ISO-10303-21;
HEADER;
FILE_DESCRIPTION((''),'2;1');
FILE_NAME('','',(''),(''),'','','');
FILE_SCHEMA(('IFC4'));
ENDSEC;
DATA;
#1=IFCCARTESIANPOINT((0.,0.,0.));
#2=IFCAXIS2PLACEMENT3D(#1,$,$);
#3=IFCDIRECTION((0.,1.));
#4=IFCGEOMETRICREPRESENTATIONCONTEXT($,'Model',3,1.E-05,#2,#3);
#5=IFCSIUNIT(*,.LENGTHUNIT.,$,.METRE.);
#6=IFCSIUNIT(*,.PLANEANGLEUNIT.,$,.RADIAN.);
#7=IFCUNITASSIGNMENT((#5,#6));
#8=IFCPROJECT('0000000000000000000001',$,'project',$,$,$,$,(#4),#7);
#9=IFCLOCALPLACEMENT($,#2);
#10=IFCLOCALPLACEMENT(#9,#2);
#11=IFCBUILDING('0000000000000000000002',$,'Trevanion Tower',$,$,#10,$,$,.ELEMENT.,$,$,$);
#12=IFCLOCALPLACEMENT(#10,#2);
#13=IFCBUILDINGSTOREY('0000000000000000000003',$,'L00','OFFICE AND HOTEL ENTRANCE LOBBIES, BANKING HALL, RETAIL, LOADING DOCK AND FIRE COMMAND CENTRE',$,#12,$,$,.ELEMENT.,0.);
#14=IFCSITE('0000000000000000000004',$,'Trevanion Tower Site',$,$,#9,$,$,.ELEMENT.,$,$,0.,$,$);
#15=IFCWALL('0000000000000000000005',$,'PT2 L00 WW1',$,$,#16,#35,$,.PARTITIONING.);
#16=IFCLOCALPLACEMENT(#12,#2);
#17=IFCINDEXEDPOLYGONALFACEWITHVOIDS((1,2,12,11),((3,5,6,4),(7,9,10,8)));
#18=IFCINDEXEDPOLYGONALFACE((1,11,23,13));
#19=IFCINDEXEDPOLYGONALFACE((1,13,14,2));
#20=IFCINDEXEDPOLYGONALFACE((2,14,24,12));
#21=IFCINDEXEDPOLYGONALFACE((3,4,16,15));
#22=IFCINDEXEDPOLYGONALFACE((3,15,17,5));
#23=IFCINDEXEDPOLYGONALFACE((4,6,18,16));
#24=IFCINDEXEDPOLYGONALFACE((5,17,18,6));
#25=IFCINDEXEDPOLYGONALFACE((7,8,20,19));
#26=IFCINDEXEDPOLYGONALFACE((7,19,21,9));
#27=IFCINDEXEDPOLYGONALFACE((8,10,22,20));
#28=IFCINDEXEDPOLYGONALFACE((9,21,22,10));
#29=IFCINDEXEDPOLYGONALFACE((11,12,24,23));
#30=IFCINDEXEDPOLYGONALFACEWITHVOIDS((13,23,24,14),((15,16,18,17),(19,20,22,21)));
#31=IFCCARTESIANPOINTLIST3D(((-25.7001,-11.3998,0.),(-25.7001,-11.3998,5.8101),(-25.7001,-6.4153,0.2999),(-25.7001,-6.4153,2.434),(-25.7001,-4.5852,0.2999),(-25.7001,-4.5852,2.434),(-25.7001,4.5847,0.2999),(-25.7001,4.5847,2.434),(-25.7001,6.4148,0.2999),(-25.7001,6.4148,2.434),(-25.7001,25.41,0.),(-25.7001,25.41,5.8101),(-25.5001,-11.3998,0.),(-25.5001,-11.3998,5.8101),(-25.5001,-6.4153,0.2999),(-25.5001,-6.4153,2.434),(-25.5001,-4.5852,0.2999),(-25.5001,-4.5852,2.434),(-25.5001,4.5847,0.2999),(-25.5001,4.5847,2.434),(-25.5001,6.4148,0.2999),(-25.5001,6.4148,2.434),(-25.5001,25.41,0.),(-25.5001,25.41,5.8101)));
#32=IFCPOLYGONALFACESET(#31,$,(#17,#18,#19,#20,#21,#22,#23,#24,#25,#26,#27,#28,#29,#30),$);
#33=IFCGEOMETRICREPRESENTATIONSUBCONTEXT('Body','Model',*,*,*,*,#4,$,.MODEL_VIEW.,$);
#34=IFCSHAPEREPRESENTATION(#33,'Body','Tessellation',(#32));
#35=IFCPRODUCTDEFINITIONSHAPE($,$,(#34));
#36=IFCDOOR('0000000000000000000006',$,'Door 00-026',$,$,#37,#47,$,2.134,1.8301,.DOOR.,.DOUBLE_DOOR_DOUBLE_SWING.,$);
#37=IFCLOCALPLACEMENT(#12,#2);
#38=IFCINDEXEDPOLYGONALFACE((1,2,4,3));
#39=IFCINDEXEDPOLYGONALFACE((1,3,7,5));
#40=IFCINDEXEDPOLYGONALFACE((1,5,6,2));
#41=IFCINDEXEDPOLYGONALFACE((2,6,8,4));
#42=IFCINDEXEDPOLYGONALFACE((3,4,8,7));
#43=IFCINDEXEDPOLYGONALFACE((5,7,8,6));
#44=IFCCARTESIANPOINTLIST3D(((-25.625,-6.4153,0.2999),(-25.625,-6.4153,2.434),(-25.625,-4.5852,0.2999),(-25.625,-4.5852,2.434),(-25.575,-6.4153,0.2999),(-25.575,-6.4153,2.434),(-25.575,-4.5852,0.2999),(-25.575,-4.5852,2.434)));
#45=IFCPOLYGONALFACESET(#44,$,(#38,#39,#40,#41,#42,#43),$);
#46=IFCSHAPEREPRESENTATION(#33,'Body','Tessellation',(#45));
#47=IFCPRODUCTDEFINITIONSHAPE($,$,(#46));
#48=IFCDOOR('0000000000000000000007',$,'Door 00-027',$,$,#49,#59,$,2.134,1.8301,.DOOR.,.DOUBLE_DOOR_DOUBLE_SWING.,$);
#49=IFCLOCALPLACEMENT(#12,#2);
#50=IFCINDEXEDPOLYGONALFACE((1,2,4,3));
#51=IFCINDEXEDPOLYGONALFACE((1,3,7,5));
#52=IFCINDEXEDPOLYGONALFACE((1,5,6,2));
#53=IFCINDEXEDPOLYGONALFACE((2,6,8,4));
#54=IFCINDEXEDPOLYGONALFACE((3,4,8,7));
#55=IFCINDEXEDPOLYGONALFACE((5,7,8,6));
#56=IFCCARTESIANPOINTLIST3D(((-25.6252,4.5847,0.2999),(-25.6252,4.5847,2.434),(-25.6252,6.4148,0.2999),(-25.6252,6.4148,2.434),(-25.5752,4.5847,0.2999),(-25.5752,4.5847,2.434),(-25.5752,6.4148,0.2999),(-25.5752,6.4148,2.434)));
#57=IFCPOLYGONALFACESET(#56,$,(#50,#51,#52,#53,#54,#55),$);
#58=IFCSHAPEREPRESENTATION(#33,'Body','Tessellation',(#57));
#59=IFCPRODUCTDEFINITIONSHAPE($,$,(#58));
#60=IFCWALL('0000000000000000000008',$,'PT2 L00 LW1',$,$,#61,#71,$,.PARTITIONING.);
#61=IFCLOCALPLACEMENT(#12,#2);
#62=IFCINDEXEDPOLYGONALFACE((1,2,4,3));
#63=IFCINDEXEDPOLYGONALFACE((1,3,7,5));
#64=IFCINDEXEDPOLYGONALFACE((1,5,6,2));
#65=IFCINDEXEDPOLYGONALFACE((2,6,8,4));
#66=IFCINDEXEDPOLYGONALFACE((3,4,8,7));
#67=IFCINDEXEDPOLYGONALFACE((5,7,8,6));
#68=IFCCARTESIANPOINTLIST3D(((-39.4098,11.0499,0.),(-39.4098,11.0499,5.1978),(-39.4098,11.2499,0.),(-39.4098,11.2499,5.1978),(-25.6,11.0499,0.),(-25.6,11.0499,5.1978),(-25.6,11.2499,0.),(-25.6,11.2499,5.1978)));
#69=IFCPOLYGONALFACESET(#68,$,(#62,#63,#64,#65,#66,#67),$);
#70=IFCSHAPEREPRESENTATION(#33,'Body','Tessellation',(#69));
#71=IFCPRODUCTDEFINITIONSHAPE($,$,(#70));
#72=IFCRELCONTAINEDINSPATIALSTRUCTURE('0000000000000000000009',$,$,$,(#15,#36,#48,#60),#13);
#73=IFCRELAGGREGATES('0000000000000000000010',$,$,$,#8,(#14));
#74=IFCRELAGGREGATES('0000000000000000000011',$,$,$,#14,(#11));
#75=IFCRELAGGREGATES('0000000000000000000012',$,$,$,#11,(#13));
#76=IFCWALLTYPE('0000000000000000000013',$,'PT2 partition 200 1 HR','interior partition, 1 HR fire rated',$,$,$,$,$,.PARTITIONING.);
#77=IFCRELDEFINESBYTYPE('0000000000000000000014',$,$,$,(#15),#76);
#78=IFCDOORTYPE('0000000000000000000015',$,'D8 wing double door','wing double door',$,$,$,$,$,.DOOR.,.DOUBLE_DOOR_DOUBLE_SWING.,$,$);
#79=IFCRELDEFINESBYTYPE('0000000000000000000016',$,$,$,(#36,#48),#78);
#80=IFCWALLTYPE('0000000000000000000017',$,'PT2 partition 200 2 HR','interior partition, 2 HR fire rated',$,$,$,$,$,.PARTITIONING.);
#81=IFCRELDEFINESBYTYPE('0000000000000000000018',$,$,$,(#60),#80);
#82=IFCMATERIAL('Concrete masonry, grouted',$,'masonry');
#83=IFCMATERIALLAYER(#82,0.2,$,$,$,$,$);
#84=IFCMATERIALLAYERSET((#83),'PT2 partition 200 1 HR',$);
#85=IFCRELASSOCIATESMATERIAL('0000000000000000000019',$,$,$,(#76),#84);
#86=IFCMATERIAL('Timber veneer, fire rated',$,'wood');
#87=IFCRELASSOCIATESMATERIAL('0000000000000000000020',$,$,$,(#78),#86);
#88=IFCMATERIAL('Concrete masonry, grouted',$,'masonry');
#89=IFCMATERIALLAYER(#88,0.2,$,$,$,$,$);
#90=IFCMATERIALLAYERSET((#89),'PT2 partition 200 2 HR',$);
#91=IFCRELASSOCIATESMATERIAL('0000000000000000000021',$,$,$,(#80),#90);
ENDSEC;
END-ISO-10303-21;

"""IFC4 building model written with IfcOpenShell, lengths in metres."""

from ifc_helpers import new_model, si_unit, direction, frame, frame_2d, origin, place, context, subcontext, project, spatial, rectangle, extrude, material, layer, layer_set, type_object, element, fill, save


model = new_model("IFC4")

# Units and contexts
model_context = context("Model", 3, precision=1e-05, world=origin(), true_north=direction((0.0, 1.0)))
body_context = subcontext(model_context, "Body", "Model", "MODEL_VIEW")
ifc_project = project(units=[si_unit("LENGTHUNIT", "METRE"), si_unit("PLANEANGLEUNIT", "RADIAN")], contexts=[model_context])

# Site, building, storey
site_placement = place(None, origin())
site = spatial("IfcSite", under=ifc_project, at=site_placement, Name="Trevanion Tower Site", CompositionType="ELEMENT", RefElevation=0.0)
building_placement = place(site_placement, origin())
building = spatial("IfcBuilding", under=site, at=building_placement, Name="Trevanion Tower", CompositionType="ELEMENT")
storey_placement = place(building_placement, origin())
storey = spatial("IfcBuildingStorey", under=building, at=storey_placement, Name="L00", Description="OFFICE AND HOTEL ENTRANCE LOBBIES, BANKING HALL, RETAIL, LOADING DOCK AND FIRE COMMAND CENTRE", CompositionType="ELEMENT", Elevation=0.0)

# Wall, openings, doors
ifc_material_1 = material(Name="Concrete masonry, grouted", Category="masonry")
ifc_layer_1 = layer(ifc_material_1, 0.2)
ifc_layer_set_1 = layer_set([ifc_layer_1], Name="PT2 partition 200 1 HR")
wall_type_1 = type_object("IfcWallType", Name="PT2 partition 200 1 HR", Description="interior partition, 1 HR fire rated", PredefinedType="PARTITIONING", material=ifc_layer_set_1)
wall_1_placement = place(storey_placement, frame((-25.6001, 25.4099, 0.0), z_axis=(0.0, 0.0, 1.0), x_axis=(0.0, -1.0, 0.0)))
wall_1 = element("IfcWall", 1, at=wall_1_placement, inside=storey, type_object=wall_type_1, Name="PT2 L00 WW1", PredefinedType="PARTITIONING", context=body_context, shape_type="SweptSolid", body=[
    extrude(rectangle(XDim=36.8098, YDim=0.2, at=frame_2d((18.4048, 0.0))), origin(), (0.0, 0.0, 1.0), 5.8101),
])
opening_1_placement = place(wall_1_placement, frame((29.9951, 0.0, 0.3)))
opening_1 = element("IfcOpeningElement", 2, at=opening_1_placement, cuts=wall_1, PredefinedType="OPENING", context=body_context, shape_type="SweptSolid", body=[
    extrude(rectangle(XDim=1.8301, YDim=2.134, at=frame_2d((0.915, 1.0669))), frame((0.0, 0.1099, 0.0), z_axis=(0.0, -1.0, 0.0), x_axis=(1.0, 0.0, 0.0)), (0.0, 0.0, 1.0), 0.22),
])
opening_2_placement = place(wall_1_placement, frame((18.9951, 0.0, 0.3)))
opening_2 = element("IfcOpeningElement", 3, at=opening_2_placement, cuts=wall_1, PredefinedType="OPENING", context=body_context, shape_type="SweptSolid", body=[
    extrude(rectangle(XDim=1.8301, YDim=2.134, at=frame_2d((0.915, 1.0669))), frame((0.0, 0.1099, 0.0), z_axis=(0.0, -1.0, 0.0), x_axis=(1.0, 0.0, 0.0)), (0.0, 0.0, 1.0), 0.22),
])
ifc_material_2 = material(Name="Timber veneer, fire rated", Category="wood")
door_type = type_object("IfcDoorType", Name="D8 wing double door", Description="wing double door", OperationType="DOUBLE_DOOR_DOUBLE_SWING", PredefinedType="DOOR", material=ifc_material_2)
door_1_placement = place(opening_1_placement, frame((1.8301, 0.0, 0.0), z_axis=(0.0, 0.0, 1.0), x_axis=(-1.0, 0.0, 0.0)))
door_1 = element("IfcDoor", 4, at=door_1_placement, inside=storey, type_object=door_type, Name="Door 00-026", OperationType="DOUBLE_DOOR_DOUBLE_SWING", OverallHeight=2.134, OverallWidth=1.8301, PredefinedType="DOOR", context=body_context, shape_type="SweptSolid", body=[
    extrude(rectangle(XDim=1.8301, YDim=2.134, at=frame_2d((0.915, 1.0669))), frame((0.0, 0.0249, 0.0), z_axis=(0.0, -1.0, 0.0), x_axis=(1.0, 0.0, 0.0)), (0.0, 0.0, 1.0), 0.05),
])
fill(opening_1, door_1)
door_2_placement = place(opening_2_placement, origin())
door_2 = element("IfcDoor", 5, at=door_2_placement, inside=storey, type_object=door_type, Name="Door 00-027", OperationType="DOUBLE_DOOR_DOUBLE_SWING", OverallHeight=2.134, OverallWidth=1.8301, PredefinedType="DOOR", context=body_context, shape_type="SweptSolid", body=[
    extrude(rectangle(XDim=1.8301, YDim=2.134, at=frame_2d((0.915, 1.0669))), frame((0.0, 0.0249, 0.0), z_axis=(0.0, -1.0, 0.0), x_axis=(1.0, 0.0, 0.0)), (0.0, 0.0, 1.0), 0.05),
])
fill(opening_2, door_2)

# Wall
ifc_material_3 = material(Name="Concrete masonry, grouted", Category="masonry")
ifc_layer_2 = layer(ifc_material_3, 0.2)
ifc_layer_set_2 = layer_set([ifc_layer_2], Name="PT2 partition 200 2 HR")
wall_type_2 = type_object("IfcWallType", Name="PT2 partition 200 2 HR", Description="interior partition, 2 HR fire rated", PredefinedType="PARTITIONING", material=ifc_layer_set_2)
wall_2_placement = place(storey_placement, frame((-25.6001, 11.1499, 0.0), z_axis=(0.0, 0.0, 1.0), x_axis=(-1.0, 0.0, 0.0)))
element("IfcWall", 6, at=wall_2_placement, inside=storey, type_object=wall_type_2, Name="PT2 L00 LW1", PredefinedType="PARTITIONING", context=body_context, shape_type="SweptSolid", body=[
    extrude(rectangle(XDim=13.8098, YDim=0.2, at=frame_2d((6.9048, 0.0))), origin(), (0.0, 0.0, 1.0), 5.1978),
])

save(model, "model.ifc")
